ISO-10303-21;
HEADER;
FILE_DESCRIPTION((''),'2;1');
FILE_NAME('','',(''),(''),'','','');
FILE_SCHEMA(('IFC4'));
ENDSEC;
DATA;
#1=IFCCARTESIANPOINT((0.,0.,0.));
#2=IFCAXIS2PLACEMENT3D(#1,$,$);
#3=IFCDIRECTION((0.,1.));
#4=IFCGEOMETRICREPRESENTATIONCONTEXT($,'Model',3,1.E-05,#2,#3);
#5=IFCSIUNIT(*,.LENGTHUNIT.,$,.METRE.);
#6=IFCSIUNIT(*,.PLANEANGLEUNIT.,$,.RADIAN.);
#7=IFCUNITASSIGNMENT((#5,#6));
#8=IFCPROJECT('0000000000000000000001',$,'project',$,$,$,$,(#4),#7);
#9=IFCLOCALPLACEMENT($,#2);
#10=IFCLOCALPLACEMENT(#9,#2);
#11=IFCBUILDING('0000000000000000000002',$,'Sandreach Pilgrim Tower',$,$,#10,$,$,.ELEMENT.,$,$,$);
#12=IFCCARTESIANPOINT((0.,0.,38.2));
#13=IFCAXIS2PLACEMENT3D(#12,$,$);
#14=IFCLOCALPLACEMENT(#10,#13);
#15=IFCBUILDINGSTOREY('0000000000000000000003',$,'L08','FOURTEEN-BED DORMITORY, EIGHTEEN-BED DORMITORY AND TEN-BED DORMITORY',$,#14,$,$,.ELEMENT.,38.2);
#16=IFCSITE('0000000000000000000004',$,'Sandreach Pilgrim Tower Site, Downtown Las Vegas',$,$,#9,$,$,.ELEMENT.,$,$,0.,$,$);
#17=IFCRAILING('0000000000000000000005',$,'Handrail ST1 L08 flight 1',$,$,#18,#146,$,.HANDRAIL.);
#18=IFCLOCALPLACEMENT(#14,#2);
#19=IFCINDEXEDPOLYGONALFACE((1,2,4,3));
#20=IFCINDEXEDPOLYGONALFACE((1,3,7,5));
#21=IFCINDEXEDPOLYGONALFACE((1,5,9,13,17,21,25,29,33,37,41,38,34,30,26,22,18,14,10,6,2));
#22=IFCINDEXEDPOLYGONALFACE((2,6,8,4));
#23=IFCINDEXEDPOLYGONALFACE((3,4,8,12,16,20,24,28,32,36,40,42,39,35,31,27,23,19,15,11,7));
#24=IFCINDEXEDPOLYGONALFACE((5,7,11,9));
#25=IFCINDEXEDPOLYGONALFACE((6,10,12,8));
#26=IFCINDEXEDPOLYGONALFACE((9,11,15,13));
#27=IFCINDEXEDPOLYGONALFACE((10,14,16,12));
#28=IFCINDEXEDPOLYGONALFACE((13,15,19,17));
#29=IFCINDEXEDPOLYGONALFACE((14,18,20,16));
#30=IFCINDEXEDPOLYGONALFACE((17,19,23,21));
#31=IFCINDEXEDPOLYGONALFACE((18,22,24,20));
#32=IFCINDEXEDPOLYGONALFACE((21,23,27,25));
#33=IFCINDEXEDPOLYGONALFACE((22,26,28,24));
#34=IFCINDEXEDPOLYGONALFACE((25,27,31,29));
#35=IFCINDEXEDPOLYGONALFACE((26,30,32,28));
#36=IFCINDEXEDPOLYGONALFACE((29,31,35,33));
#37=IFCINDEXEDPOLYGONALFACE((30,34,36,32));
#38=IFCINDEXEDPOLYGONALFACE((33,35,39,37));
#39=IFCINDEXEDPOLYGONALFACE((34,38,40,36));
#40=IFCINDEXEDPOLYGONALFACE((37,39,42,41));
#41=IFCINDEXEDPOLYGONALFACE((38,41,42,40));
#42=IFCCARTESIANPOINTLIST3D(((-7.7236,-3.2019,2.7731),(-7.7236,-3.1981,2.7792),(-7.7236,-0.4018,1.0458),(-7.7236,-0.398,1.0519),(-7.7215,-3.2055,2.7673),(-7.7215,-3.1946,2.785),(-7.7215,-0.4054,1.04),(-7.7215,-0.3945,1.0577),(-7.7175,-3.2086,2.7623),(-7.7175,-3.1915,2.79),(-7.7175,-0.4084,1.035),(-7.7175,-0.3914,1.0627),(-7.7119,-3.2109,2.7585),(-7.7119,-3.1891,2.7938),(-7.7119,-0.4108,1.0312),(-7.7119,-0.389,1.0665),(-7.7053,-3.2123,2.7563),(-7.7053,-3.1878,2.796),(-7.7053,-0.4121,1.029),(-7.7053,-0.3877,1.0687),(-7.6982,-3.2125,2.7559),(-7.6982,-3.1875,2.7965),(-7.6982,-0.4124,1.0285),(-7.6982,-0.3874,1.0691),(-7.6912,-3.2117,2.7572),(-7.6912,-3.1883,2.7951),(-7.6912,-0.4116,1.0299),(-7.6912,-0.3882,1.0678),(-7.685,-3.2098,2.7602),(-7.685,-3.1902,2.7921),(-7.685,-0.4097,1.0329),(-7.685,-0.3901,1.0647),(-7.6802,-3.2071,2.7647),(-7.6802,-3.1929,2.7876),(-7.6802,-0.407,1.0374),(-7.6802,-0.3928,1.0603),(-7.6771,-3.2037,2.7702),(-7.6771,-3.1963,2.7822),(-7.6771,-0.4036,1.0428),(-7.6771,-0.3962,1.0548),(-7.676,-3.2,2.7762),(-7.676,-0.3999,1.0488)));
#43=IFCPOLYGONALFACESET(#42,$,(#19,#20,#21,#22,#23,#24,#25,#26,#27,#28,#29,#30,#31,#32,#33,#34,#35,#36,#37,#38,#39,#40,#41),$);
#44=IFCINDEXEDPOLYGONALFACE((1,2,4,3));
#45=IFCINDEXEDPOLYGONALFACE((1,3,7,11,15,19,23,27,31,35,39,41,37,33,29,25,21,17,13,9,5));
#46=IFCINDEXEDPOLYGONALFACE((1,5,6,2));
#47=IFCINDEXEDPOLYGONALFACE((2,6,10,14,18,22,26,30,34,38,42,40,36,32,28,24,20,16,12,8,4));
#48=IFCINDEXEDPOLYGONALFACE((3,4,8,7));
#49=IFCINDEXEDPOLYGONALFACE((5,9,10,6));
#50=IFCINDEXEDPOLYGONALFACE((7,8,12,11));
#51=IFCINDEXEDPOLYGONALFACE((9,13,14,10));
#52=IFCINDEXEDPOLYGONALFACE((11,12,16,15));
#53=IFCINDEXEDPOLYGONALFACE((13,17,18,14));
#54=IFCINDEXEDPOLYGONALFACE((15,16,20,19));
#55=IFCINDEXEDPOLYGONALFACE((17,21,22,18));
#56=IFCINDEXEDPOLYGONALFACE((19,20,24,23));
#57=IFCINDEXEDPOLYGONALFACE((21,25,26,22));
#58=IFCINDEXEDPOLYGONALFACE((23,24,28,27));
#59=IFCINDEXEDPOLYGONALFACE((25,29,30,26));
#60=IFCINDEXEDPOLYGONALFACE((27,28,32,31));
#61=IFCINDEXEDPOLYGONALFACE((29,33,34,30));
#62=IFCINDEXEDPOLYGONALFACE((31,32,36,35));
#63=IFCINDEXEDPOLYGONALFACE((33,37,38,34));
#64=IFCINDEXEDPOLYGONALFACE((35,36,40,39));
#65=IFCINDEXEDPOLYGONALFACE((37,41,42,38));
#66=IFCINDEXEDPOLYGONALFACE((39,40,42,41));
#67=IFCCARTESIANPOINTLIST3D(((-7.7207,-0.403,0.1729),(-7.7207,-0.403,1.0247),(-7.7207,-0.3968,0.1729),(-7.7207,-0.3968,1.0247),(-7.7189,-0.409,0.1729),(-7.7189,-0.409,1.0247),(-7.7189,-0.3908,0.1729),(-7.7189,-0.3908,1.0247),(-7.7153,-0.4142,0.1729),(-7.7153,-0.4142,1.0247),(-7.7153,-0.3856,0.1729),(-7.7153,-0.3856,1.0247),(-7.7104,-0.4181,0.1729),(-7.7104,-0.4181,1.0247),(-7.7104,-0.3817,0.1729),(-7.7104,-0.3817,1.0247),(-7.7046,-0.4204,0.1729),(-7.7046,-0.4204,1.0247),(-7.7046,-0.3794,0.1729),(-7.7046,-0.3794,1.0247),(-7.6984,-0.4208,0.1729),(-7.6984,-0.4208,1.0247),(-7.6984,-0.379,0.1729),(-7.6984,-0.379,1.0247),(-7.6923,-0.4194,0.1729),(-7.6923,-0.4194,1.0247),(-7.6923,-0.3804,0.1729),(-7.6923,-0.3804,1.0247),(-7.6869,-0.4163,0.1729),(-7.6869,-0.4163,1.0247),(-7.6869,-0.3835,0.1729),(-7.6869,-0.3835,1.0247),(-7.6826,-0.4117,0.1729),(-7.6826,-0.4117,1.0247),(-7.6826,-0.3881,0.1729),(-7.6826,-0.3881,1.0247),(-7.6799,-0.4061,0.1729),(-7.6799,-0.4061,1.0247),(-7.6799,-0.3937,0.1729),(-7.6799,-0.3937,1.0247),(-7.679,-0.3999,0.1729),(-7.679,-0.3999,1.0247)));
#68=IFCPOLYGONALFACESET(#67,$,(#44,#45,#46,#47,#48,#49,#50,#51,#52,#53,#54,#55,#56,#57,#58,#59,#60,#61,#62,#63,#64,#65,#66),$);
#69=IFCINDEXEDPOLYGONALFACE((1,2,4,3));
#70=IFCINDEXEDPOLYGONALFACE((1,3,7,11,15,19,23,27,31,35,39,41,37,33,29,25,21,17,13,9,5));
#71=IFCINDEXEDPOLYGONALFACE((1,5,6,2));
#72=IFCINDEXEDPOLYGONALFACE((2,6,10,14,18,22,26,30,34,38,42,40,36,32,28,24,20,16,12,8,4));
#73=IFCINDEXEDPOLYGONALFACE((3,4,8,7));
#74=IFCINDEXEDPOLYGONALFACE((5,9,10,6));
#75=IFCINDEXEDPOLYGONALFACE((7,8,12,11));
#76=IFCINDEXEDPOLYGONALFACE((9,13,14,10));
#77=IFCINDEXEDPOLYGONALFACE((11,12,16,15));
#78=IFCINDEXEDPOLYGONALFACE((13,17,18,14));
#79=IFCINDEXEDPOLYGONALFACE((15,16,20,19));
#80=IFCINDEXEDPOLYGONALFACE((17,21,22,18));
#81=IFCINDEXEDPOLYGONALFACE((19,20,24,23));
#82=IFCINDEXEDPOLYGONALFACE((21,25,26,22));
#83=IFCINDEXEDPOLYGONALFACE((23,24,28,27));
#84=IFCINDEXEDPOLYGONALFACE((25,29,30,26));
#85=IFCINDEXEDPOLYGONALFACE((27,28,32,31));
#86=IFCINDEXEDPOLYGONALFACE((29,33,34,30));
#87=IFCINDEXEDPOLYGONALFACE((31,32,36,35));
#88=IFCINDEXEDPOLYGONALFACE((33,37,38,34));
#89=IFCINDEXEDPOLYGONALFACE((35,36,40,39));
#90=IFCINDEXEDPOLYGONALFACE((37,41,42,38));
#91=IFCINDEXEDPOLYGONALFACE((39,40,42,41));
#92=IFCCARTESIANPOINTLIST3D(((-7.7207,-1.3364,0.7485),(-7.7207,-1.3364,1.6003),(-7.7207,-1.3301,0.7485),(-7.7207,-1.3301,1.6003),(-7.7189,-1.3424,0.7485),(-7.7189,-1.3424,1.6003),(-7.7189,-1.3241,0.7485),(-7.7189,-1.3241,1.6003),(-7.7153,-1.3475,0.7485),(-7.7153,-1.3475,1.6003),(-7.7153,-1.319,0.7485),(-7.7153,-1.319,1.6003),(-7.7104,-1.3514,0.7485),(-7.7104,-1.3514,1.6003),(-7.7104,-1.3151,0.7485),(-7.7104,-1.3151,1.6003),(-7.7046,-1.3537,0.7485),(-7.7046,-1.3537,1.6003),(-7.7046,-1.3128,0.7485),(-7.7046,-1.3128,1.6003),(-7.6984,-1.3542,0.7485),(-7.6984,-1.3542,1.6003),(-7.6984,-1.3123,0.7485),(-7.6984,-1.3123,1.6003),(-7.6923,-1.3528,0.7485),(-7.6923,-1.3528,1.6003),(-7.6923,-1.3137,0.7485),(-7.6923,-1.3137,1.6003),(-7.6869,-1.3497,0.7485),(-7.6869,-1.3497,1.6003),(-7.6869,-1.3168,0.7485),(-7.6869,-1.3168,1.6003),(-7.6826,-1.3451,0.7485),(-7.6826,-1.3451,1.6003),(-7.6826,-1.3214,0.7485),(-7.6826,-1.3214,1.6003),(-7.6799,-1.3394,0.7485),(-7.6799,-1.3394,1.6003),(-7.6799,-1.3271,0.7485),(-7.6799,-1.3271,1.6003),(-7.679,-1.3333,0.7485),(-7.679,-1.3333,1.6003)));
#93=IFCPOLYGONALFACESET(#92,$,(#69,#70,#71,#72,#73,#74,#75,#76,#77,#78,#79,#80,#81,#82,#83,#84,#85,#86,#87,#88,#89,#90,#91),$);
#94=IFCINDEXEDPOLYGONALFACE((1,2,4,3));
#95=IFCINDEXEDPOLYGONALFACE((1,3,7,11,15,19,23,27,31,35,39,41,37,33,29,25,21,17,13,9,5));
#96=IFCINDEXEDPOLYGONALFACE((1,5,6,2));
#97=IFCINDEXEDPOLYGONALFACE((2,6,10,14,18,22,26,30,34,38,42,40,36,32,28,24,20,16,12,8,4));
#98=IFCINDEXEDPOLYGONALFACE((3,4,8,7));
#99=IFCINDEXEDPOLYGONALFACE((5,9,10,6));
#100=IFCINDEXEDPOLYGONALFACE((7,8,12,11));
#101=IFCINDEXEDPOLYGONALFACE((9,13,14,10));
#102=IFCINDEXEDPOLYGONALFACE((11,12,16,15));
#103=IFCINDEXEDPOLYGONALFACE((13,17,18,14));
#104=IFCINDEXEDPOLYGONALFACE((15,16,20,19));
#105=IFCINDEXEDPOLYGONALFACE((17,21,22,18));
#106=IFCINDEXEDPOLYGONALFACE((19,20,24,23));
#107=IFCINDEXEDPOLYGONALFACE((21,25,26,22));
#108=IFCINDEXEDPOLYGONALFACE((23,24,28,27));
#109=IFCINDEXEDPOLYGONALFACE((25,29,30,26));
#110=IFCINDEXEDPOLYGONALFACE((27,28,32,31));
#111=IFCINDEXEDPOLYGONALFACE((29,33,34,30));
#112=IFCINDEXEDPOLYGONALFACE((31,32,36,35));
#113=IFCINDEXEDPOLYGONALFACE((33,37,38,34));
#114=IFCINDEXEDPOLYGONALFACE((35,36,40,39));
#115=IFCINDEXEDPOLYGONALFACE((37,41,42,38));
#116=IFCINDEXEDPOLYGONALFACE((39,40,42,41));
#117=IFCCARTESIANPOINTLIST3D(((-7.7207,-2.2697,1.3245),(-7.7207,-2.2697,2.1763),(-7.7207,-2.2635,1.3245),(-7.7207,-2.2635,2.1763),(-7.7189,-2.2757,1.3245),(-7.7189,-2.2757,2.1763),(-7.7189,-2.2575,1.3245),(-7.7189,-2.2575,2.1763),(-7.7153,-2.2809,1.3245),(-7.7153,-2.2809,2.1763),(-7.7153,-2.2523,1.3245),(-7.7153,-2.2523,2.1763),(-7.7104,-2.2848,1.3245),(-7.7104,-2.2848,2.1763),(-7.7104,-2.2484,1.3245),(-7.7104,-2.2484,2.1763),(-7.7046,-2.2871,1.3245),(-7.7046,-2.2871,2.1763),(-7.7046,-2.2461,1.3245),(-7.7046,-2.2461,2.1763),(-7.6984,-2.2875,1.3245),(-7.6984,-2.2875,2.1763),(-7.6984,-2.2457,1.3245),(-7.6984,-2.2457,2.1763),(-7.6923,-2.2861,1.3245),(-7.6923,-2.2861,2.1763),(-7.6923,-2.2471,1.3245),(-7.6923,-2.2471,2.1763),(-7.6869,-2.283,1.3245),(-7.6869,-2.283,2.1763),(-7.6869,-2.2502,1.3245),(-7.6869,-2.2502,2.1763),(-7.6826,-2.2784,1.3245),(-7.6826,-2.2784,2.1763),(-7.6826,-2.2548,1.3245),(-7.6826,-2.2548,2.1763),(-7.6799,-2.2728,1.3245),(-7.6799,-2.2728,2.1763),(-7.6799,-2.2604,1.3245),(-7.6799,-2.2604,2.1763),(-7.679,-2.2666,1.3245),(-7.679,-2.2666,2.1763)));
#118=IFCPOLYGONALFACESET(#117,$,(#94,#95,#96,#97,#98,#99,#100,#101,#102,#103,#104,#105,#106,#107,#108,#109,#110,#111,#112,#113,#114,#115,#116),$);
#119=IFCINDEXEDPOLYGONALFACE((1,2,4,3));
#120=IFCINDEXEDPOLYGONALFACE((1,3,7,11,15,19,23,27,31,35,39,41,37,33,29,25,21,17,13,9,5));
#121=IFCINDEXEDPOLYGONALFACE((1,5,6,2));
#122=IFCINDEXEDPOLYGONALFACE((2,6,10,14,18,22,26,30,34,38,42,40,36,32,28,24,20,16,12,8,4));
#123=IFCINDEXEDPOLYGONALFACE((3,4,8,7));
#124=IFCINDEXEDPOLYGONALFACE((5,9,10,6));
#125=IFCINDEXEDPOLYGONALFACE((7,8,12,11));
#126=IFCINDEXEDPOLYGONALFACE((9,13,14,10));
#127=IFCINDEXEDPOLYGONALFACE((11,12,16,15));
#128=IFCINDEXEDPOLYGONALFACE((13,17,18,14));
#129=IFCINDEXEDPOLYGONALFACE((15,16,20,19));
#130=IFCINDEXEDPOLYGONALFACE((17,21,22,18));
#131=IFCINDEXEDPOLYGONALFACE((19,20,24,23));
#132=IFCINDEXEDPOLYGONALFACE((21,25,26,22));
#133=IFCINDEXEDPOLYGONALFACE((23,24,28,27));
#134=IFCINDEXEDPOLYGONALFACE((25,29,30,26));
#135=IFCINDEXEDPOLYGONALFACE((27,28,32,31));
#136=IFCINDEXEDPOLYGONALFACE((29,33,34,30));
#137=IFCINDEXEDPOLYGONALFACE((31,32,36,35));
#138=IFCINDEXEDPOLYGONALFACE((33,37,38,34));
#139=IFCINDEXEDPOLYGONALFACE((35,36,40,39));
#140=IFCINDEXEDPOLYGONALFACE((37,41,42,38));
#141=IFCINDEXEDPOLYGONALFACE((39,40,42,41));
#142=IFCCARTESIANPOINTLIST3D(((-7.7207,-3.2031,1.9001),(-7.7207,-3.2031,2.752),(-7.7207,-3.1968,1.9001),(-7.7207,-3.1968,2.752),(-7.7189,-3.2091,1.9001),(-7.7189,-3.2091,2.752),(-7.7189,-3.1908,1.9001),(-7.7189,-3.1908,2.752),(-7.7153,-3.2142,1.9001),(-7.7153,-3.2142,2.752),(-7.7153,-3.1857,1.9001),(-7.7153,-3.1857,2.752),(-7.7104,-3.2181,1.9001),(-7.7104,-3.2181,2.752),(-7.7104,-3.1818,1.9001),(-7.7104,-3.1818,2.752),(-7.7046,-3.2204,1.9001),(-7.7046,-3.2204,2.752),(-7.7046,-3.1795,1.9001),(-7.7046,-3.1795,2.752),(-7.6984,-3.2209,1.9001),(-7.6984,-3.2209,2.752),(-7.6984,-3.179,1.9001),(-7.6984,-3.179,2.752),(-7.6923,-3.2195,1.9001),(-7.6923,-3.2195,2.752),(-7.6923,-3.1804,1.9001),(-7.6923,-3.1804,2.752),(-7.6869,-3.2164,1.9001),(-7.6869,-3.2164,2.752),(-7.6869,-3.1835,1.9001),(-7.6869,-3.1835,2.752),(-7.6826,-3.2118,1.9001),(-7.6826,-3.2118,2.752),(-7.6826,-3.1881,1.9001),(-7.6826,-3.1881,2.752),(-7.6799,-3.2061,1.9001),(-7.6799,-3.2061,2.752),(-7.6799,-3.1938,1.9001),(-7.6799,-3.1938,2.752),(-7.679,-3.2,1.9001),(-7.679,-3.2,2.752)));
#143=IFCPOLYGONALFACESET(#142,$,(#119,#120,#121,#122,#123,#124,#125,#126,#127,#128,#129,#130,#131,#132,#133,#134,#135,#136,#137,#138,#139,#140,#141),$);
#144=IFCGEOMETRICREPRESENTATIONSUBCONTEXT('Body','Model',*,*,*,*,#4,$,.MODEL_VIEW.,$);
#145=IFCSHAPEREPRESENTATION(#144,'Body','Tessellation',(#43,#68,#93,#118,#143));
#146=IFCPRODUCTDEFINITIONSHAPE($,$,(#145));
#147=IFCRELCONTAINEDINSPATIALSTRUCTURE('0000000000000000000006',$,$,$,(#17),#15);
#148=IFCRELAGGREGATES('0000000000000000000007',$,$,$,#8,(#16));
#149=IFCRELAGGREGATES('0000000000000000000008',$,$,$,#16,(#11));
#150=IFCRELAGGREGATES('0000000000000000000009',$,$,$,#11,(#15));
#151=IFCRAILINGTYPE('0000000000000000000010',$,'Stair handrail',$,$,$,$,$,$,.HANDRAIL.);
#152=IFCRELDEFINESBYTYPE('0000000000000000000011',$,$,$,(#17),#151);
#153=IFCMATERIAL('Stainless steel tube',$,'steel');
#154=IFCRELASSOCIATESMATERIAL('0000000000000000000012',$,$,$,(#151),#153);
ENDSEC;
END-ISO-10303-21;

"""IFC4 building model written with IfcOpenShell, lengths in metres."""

from ifc_helpers import new_model, si_unit, direction, frame, origin, origin_2d, place, context, subcontext, project, spatial, circle, extrude, material, type_object, element, save


model = new_model("IFC4")

# Units and contexts
model_context = context("Model", 3, precision=1e-05, world=origin(), true_north=direction((0.0, 1.0)))
body_context = subcontext(model_context, "Body", "Model", "MODEL_VIEW")
ifc_project = project(units=[si_unit("LENGTHUNIT", "METRE"), si_unit("PLANEANGLEUNIT", "RADIAN")], contexts=[model_context])

# Site, building, storey
site_placement = place(None, origin())
site = spatial("IfcSite", under=ifc_project, at=site_placement, Name="Sandreach Pilgrim Tower Site, Downtown Las Vegas", CompositionType="ELEMENT", RefElevation=0.0)
building_placement = place(site_placement, origin())
building = spatial("IfcBuilding", under=site, at=building_placement, Name="Sandreach Pilgrim Tower", CompositionType="ELEMENT")
storey_placement = place(building_placement, frame((0.0, 0.0, 38.2)))
storey = spatial("IfcBuildingStorey", under=building, at=storey_placement, Name="L08", Description="FOURTEEN-BED DORMITORY, EIGHTEEN-BED DORMITORY AND TEN-BED DORMITORY", CompositionType="ELEMENT", Elevation=38.2)

# Railing
ifc_material_1 = material(Name="Stainless steel tube", Category="steel")
railing_type = type_object("IfcRailingType", Name="Stair handrail", PredefinedType="HANDRAIL", material=ifc_material_1)
railing_placement = place(storey_placement, frame((-7.7, -0.3999, 0.1729)))
element("IfcRailing", 1, at=railing_placement, inside=storey, type_object=railing_type, Name="Handrail ST1 L08 flight 1", PredefinedType="HANDRAIL", context=body_context, shape_type="SweptSolid", body=[
    extrude(circle(Radius=0.0239, at=origin_2d()), frame((0.0, 0.0, 0.876), z_axis=(0.0, -0.85109, 0.52502), x_axis=(1.0, 0.0, 0.0)), (0.0, 0.0, 1.0), 3.29),
    extrude(circle(Radius=0.021, at=origin_2d()), origin(), (0.0, 0.0, 1.0), 0.8518),
    extrude(circle(Radius=0.021, at=origin_2d()), frame((0.0, -0.9333, 0.5757)), (0.0, 0.0, 1.0), 0.8518),
    extrude(circle(Radius=0.021, at=origin_2d()), frame((0.0, -1.8667, 1.1516)), (0.0, 0.0, 1.0), 0.8518),
    extrude(circle(Radius=0.021, at=origin_2d()), frame((0.0, -2.8, 1.7273)), (0.0, 0.0, 1.0), 0.8518),
])

save(model, "model.ifc")
